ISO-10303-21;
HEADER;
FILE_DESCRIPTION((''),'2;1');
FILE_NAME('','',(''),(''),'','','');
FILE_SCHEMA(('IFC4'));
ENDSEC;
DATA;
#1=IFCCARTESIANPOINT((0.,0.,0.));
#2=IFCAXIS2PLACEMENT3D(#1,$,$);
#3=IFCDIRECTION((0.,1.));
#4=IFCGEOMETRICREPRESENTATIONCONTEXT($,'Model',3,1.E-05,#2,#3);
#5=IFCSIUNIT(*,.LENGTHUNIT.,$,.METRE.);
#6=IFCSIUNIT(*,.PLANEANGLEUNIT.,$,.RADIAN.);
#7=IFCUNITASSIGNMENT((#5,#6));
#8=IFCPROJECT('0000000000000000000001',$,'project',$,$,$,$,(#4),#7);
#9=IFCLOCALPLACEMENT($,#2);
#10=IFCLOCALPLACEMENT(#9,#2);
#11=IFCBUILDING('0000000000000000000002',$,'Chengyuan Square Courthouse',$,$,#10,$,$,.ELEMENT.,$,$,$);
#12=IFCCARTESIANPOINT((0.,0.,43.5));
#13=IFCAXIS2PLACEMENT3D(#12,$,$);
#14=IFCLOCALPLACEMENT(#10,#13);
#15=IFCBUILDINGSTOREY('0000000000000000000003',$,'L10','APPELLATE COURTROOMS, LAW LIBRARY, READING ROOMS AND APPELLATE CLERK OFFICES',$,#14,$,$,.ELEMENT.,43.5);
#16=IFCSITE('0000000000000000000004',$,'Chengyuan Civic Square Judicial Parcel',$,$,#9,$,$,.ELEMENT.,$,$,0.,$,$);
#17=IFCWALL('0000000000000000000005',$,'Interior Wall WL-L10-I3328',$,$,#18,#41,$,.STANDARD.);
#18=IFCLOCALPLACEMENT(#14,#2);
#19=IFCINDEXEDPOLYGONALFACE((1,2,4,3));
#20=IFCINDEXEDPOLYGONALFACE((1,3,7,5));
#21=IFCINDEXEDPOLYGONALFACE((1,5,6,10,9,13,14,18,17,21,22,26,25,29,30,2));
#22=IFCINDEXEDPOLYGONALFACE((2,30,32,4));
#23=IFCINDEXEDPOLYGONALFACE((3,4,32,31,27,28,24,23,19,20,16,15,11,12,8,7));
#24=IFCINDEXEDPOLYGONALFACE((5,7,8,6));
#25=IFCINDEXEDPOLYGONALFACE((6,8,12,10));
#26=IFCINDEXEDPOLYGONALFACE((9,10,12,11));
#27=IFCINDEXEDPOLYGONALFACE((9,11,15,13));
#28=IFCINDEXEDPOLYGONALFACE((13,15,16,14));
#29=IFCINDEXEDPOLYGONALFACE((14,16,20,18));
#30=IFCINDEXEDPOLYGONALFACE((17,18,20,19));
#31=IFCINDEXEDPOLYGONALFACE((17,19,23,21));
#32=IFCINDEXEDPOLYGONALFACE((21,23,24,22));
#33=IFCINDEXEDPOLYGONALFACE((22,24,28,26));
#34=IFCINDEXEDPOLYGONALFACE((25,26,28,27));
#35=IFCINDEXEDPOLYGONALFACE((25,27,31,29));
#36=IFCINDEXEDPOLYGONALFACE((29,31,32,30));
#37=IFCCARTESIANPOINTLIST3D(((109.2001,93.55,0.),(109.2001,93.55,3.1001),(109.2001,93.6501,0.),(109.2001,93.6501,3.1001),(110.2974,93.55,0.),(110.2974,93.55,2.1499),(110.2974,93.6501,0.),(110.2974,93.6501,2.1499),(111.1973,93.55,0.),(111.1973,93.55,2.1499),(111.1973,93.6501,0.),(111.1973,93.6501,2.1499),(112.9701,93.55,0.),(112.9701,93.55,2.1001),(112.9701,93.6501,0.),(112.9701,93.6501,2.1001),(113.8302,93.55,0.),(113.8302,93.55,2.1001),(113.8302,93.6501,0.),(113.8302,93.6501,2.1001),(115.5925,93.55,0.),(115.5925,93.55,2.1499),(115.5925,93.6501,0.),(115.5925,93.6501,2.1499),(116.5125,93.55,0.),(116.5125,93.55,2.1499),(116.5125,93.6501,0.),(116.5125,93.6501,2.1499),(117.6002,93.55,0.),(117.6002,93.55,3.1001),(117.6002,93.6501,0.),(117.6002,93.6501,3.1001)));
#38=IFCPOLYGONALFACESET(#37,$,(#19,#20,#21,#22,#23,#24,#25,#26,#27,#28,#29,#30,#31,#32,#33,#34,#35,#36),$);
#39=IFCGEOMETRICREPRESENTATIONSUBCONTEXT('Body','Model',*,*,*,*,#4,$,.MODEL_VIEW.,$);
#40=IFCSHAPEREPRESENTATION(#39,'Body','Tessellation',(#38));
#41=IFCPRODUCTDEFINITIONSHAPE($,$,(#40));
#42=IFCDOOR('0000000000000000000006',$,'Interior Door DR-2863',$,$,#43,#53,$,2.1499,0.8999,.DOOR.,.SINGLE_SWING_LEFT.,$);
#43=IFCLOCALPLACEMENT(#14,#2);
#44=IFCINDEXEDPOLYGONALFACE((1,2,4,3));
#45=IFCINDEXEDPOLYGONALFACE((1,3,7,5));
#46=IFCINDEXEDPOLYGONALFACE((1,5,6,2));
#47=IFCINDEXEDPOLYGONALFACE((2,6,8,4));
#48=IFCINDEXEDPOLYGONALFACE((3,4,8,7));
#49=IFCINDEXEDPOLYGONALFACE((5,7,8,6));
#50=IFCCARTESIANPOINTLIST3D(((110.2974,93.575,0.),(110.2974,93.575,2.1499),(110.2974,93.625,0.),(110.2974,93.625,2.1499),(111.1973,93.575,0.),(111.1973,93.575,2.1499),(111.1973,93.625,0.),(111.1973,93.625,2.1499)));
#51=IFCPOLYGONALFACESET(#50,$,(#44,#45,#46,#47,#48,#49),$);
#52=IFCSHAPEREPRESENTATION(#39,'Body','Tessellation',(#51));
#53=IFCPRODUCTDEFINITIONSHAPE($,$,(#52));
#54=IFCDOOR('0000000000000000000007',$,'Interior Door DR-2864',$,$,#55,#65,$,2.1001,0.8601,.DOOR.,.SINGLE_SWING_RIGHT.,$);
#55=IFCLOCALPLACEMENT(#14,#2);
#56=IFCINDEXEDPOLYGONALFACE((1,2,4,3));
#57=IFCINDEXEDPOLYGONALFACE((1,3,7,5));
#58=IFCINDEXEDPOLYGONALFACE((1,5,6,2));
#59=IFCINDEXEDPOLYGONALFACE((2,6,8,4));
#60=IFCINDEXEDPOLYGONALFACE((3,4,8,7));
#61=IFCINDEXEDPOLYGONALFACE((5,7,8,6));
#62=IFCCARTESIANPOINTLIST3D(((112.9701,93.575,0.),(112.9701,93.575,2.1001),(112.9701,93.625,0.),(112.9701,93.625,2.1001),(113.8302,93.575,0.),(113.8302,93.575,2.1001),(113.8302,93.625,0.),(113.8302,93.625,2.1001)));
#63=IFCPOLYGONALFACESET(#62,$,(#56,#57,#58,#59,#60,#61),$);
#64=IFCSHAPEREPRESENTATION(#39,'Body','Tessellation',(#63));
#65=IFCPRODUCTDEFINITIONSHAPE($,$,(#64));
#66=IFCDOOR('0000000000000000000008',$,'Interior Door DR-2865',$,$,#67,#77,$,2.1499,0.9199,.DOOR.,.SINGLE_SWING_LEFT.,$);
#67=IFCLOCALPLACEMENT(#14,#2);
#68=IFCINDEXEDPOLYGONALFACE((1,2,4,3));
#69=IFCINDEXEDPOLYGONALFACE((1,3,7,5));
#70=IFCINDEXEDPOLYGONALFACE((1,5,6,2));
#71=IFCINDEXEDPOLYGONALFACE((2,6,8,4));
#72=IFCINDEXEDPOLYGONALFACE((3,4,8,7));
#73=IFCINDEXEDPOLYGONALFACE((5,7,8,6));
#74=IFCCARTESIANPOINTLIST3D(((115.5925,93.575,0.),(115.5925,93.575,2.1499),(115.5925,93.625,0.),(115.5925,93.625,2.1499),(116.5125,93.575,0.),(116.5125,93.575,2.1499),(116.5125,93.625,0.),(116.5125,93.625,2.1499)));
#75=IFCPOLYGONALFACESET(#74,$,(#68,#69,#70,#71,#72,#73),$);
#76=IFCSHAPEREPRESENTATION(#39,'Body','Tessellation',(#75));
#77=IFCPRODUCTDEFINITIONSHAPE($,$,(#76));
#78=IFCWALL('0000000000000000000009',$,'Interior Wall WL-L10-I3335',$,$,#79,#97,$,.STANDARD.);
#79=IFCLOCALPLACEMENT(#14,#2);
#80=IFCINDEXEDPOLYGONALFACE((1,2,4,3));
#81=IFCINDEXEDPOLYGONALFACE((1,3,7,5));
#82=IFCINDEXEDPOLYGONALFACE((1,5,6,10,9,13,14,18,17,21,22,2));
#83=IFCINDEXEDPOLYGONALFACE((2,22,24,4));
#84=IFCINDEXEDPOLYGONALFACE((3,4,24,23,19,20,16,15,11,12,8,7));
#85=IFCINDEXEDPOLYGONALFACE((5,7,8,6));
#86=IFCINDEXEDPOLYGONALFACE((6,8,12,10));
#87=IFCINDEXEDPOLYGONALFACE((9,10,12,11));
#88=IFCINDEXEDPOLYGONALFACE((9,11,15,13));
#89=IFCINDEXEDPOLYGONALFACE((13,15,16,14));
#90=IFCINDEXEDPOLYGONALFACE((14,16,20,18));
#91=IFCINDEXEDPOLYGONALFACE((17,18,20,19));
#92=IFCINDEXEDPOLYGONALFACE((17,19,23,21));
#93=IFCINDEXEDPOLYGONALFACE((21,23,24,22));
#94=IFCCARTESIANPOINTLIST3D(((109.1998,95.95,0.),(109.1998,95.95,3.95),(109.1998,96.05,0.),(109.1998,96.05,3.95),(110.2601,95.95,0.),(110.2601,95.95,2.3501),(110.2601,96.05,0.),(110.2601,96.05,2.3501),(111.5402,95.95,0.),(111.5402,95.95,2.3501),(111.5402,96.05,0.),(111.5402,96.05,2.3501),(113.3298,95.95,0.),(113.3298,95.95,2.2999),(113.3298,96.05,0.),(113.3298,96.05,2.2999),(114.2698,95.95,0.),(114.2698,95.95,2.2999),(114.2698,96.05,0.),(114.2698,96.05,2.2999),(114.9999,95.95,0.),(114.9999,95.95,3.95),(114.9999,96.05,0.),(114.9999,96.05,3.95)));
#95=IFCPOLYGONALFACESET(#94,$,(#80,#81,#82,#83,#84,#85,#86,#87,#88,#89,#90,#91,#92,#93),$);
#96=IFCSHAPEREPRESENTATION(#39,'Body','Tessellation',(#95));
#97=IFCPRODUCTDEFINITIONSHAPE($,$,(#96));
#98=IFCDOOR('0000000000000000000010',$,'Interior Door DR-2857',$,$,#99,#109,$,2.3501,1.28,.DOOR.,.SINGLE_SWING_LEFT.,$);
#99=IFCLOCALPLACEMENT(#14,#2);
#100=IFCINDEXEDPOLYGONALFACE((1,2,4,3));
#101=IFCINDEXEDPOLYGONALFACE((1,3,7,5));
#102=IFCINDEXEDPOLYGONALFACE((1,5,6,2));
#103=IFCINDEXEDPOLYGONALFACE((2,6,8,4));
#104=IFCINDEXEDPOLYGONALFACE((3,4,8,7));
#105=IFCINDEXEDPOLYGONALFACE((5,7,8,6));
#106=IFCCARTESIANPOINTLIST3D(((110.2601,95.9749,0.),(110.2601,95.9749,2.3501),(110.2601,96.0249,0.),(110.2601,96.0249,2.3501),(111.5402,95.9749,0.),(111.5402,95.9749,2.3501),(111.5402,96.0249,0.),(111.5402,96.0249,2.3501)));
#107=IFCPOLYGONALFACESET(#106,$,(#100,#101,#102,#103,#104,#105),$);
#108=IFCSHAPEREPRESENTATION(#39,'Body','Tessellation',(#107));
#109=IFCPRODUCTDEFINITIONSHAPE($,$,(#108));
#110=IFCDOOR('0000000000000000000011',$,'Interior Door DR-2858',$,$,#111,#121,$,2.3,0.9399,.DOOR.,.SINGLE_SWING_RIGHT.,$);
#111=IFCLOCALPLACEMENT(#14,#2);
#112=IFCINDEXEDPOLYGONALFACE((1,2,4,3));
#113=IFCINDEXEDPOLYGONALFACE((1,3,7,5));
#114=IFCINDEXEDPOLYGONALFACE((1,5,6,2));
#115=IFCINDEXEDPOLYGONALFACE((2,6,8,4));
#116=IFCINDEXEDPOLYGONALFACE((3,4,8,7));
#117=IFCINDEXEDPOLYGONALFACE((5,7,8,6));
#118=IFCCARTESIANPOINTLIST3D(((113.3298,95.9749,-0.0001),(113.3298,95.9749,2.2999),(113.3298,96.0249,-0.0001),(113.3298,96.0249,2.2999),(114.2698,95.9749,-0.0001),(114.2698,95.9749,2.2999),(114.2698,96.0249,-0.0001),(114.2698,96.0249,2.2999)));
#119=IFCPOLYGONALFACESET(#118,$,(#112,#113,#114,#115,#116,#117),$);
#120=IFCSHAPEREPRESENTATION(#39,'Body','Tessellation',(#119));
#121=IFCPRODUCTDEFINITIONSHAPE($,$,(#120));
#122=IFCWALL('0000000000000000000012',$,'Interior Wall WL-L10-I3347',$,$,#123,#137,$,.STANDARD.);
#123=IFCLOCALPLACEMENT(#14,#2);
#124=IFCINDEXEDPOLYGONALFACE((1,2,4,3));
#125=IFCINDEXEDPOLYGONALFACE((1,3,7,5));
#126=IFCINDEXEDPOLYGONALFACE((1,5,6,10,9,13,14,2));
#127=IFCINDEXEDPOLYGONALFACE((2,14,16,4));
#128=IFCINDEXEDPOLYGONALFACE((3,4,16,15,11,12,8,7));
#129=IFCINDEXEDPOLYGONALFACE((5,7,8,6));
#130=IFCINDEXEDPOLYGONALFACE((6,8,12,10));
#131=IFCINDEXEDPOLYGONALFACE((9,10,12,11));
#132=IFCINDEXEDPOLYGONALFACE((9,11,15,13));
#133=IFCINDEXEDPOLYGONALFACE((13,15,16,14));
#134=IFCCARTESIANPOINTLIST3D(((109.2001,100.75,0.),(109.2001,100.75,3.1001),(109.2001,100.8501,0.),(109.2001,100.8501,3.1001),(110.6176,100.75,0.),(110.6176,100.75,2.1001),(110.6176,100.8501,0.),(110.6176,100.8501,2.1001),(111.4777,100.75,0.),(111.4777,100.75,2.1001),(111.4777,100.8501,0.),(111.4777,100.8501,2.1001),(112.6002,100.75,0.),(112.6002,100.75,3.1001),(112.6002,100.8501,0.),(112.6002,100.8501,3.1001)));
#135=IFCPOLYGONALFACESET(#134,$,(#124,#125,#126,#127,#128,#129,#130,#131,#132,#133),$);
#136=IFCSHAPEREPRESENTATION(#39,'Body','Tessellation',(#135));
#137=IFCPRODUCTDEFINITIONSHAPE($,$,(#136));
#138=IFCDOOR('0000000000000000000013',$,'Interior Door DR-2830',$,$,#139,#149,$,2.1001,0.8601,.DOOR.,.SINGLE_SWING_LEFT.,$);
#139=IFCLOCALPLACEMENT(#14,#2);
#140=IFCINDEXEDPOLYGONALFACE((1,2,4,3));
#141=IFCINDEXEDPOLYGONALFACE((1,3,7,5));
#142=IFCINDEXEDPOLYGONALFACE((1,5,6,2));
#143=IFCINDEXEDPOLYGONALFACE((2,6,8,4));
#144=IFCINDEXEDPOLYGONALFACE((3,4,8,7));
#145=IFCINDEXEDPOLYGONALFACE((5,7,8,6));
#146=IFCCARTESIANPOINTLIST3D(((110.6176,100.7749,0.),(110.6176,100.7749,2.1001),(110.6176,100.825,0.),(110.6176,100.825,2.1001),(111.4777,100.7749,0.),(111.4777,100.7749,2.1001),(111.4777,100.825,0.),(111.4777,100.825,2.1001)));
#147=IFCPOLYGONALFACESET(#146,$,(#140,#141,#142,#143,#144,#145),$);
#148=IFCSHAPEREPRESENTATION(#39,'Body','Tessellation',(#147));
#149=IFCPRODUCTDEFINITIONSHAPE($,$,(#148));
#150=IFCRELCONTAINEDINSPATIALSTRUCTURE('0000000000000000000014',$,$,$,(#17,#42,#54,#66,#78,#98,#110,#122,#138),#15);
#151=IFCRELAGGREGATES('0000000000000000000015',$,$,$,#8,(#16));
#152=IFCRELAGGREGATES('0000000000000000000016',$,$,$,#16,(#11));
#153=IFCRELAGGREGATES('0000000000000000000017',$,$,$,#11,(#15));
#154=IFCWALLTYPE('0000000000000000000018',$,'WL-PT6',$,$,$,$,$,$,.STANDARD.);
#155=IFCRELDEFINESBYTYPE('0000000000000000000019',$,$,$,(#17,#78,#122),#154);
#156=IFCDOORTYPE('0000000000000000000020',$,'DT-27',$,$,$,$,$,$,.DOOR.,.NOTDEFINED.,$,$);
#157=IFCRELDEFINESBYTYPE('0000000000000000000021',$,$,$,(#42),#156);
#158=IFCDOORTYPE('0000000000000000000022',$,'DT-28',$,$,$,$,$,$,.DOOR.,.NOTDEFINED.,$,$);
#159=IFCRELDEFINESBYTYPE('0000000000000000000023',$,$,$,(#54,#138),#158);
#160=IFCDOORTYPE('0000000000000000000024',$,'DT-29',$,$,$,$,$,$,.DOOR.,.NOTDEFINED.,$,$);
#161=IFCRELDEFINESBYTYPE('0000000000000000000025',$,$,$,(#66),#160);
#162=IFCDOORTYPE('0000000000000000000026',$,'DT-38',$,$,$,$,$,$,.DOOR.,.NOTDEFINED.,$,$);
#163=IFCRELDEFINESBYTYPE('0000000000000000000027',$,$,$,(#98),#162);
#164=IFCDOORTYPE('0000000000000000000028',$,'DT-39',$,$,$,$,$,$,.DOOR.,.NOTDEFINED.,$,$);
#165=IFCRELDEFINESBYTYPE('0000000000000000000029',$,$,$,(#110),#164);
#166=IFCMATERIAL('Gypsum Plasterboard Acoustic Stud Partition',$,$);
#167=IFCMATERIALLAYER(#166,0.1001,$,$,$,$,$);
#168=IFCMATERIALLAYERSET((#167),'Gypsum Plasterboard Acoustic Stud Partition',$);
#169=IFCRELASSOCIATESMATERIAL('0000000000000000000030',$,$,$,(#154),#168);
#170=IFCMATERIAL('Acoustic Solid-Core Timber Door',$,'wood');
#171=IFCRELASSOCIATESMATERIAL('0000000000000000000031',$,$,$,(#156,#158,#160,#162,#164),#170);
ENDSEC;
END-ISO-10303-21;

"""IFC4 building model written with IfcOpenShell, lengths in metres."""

from ifc_helpers import new_model, si_unit, direction, frame, frame_2d, origin, place, context, subcontext, project, spatial, rectangle, extrude, material, layer, layer_set, type_object, element, fill, save


model = new_model("IFC4")

# Units and contexts
model_context = context("Model", 3, precision=1e-05, world=origin(), true_north=direction((0.0, 1.0)))
body_context = subcontext(model_context, "Body", "Model", "MODEL_VIEW")
ifc_project = project(units=[si_unit("LENGTHUNIT", "METRE"), si_unit("PLANEANGLEUNIT", "RADIAN")], contexts=[model_context])

# Site, building, storey
site_placement = place(None, origin())
site = spatial("IfcSite", under=ifc_project, at=site_placement, Name="Chengyuan Civic Square Judicial Parcel", CompositionType="ELEMENT", RefElevation=0.0)
building_placement = place(site_placement, origin())
building = spatial("IfcBuilding", under=site, at=building_placement, Name="Chengyuan Square Courthouse", CompositionType="ELEMENT")
storey_placement = place(building_placement, frame((0.0, 0.0, 43.5)))
storey = spatial("IfcBuildingStorey", under=building, at=storey_placement, Name="L10", Description="APPELLATE COURTROOMS, LAW LIBRARY, READING ROOMS AND APPELLATE CLERK OFFICES", CompositionType="ELEMENT", Elevation=43.5)

# Walls, openings, doors
ifc_material_1 = material(Name="Gypsum Plasterboard Acoustic Stud Partition")
ifc_layer_1 = layer(ifc_material_1, 0.1001)
ifc_layer_set_1 = layer_set([ifc_layer_1], Name="Gypsum Plasterboard Acoustic Stud Partition")
wall_type_1 = type_object("IfcWallType", Name="WL-PT6", PredefinedType="STANDARD", material=ifc_layer_set_1)
wall_1_placement = place(storey_placement, frame((109.2, 93.6001, 0.0), z_axis=(0.0, 0.0, 1.0), x_axis=(1.0, 0.0, 0.0)))
wall_1 = element("IfcWall", 1, at=wall_1_placement, inside=storey, type_object=wall_type_1, Name="Interior Wall WL-L10-I3328", PredefinedType="STANDARD", context=body_context, shape_type="SweptSolid", body=[
    extrude(rectangle(XDim=8.4001, YDim=0.1001, at=frame_2d((4.2002, 0.0))), origin(), (0.0, 0.0, 1.0), 3.1001),
])
opening_1_placement = place(wall_1_placement, frame((1.0974, 0.0, 0.0)))
opening_1 = element("IfcOpeningElement", 2, at=opening_1_placement, cuts=wall_1, PredefinedType="OPENING", context=body_context, shape_type="SweptSolid", body=[
    extrude(rectangle(XDim=0.8999, YDim=2.1499, at=frame_2d((0.45, 1.075))), frame((0.0, 0.062, 0.0), z_axis=(0.0, -1.0, 0.0), x_axis=(1.0, 0.0, 0.0)), (0.0, 0.0, 1.0), 0.124),
])
opening_2_placement = place(wall_1_placement, frame((3.77, 0.0, 0.0)))
opening_2 = element("IfcOpeningElement", 3, at=opening_2_placement, cuts=wall_1, PredefinedType="OPENING", context=body_context, shape_type="SweptSolid", body=[
    extrude(rectangle(XDim=0.8601, YDim=2.1001, at=frame_2d((0.4302, 1.05))), frame((0.0, 0.062, 0.0), z_axis=(0.0, -1.0, 0.0), x_axis=(1.0, 0.0, 0.0)), (0.0, 0.0, 1.0), 0.124),
])
opening_3_placement = place(wall_1_placement, frame((6.3926, 0.0, 0.0)))
opening_3 = element("IfcOpeningElement", 4, at=opening_3_placement, cuts=wall_1, PredefinedType="OPENING", context=body_context, shape_type="SweptSolid", body=[
    extrude(rectangle(XDim=0.9199, YDim=2.1499, at=frame_2d((0.46, 1.075))), frame((0.0, 0.062, 0.0), z_axis=(0.0, -1.0, 0.0), x_axis=(1.0, 0.0, 0.0)), (0.0, 0.0, 1.0), 0.124),
])
ifc_material_2 = material(Name="Acoustic Solid-Core Timber Door", Category="wood")
door_type_1 = type_object("IfcDoorType", Name="DT-27", OperationType="NOTDEFINED", PredefinedType="DOOR", material=ifc_material_2)
door_1_placement = place(opening_1_placement, origin())
door_1 = element("IfcDoor", 5, at=door_1_placement, inside=storey, type_object=door_type_1, Name="Interior Door DR-2863", OperationType="SINGLE_SWING_LEFT", OverallHeight=2.1499, OverallWidth=0.8999, PredefinedType="DOOR", context=body_context, shape_type="SweptSolid", body=[
    extrude(rectangle(XDim=0.8999, YDim=2.1499, at=frame_2d((0.45, 1.075))), frame((0.0, 0.0249, 0.0), z_axis=(0.0, -1.0, 0.0), x_axis=(1.0, 0.0, 0.0)), (0.0, 0.0, 1.0), 0.05),
])
fill(opening_1, door_1)
door_type_2 = type_object("IfcDoorType", Name="DT-28", OperationType="NOTDEFINED", PredefinedType="DOOR", material=ifc_material_2)
door_2_placement = place(opening_2_placement, origin())
door_2 = element("IfcDoor", 6, at=door_2_placement, inside=storey, type_object=door_type_2, Name="Interior Door DR-2864", OperationType="SINGLE_SWING_RIGHT", OverallHeight=2.1001, OverallWidth=0.8601, PredefinedType="DOOR", context=body_context, shape_type="SweptSolid", body=[
    extrude(rectangle(XDim=0.8601, YDim=2.1001, at=frame_2d((0.4302, 1.05))), frame((0.0, 0.0249, 0.0), z_axis=(0.0, -1.0, 0.0), x_axis=(1.0, 0.0, 0.0)), (0.0, 0.0, 1.0), 0.05),
])
fill(opening_2, door_2)
door_type_3 = type_object("IfcDoorType", Name="DT-29", OperationType="NOTDEFINED", PredefinedType="DOOR", material=ifc_material_2)
door_3_placement = place(opening_3_placement, origin())
door_3 = element("IfcDoor", 7, at=door_3_placement, inside=storey, type_object=door_type_3, Name="Interior Door DR-2865", OperationType="SINGLE_SWING_LEFT", OverallHeight=2.1499, OverallWidth=0.9199, PredefinedType="DOOR", context=body_context, shape_type="SweptSolid", body=[
    extrude(rectangle(XDim=0.9199, YDim=2.1499, at=frame_2d((0.46, 1.075))), frame((0.0, 0.0249, 0.0), z_axis=(0.0, -1.0, 0.0), x_axis=(1.0, 0.0, 0.0)), (0.0, 0.0, 1.0), 0.05),
])
fill(opening_3, door_3)
wall_2_placement = place(storey_placement, frame((109.2, 96.0, 0.0), z_axis=(0.0, 0.0, 1.0), x_axis=(1.0, 0.0, 0.0)))
wall_2 = element("IfcWall", 8, at=wall_2_placement, inside=storey, type_object=wall_type_1, Name="Interior Wall WL-L10-I3335", PredefinedType="STANDARD", context=body_context, shape_type="SweptSolid", body=[
    extrude(rectangle(XDim=5.8, YDim=0.1001, at=frame_2d((2.8999, 0.0))), origin(), (0.0, 0.0, 1.0), 3.95),
])
opening_4_placement = place(wall_2_placement, frame((1.0601, 0.0, 0.0)))
opening_4 = element("IfcOpeningElement", 9, at=opening_4_placement, cuts=wall_2, PredefinedType="OPENING", context=body_context, shape_type="SweptSolid", body=[
    extrude(rectangle(XDim=1.28, YDim=2.3501, at=frame_2d((0.6401, 1.175))), frame((0.0, 0.062, 0.0), z_axis=(0.0, -1.0, 0.0), x_axis=(1.0, 0.0, 0.0)), (0.0, 0.0, 1.0), 0.124),
])
opening_5_placement = place(wall_2_placement, frame((4.1299, 0.0, 0.0)))
opening_5 = element("IfcOpeningElement", 10, at=opening_5_placement, cuts=wall_2, PredefinedType="OPENING", context=body_context, shape_type="SweptSolid", body=[
    extrude(rectangle(XDim=0.9399, YDim=2.3, at=frame_2d((0.47, 1.1499))), frame((0.0, 0.062, 0.0), z_axis=(0.0, -1.0, 0.0), x_axis=(1.0, 0.0, 0.0)), (0.0, 0.0, 1.0), 0.124),
])
door_type_4 = type_object("IfcDoorType", Name="DT-38", OperationType="NOTDEFINED", PredefinedType="DOOR", material=ifc_material_2)
door_4_placement = place(opening_4_placement, origin())
door_4 = element("IfcDoor", 11, at=door_4_placement, inside=storey, type_object=door_type_4, Name="Interior Door DR-2857", OperationType="SINGLE_SWING_LEFT", OverallHeight=2.3501, OverallWidth=1.28, PredefinedType="DOOR", context=body_context, shape_type="SweptSolid", body=[
    extrude(rectangle(XDim=1.28, YDim=2.3501, at=frame_2d((0.6401, 1.175))), frame((0.0, 0.0249, 0.0), z_axis=(0.0, -1.0, 0.0), x_axis=(1.0, 0.0, 0.0)), (0.0, 0.0, 1.0), 0.05),
])
fill(opening_4, door_4)
door_type_5 = type_object("IfcDoorType", Name="DT-39", OperationType="NOTDEFINED", PredefinedType="DOOR", material=ifc_material_2)
door_5_placement = place(opening_5_placement, origin())
door_5 = element("IfcDoor", 12, at=door_5_placement, inside=storey, type_object=door_type_5, Name="Interior Door DR-2858", OperationType="SINGLE_SWING_RIGHT", OverallHeight=2.3, OverallWidth=0.9399, PredefinedType="DOOR", context=body_context, shape_type="SweptSolid", body=[
    extrude(rectangle(XDim=0.9399, YDim=2.3, at=frame_2d((0.47, 1.1499))), frame((0.0, 0.0249, 0.0), z_axis=(0.0, -1.0, 0.0), x_axis=(1.0, 0.0, 0.0)), (0.0, 0.0, 1.0), 0.05),
])
fill(opening_5, door_5)

# Wall, opening, door
wall_3_placement = place(storey_placement, frame((109.2, 100.8, 0.0), z_axis=(0.0, 0.0, 1.0), x_axis=(1.0, 0.0, 0.0)))
wall_3 = element("IfcWall", 13, at=wall_3_placement, inside=storey, type_object=wall_type_1, Name="Interior Wall WL-L10-I3347", PredefinedType="STANDARD", context=body_context, shape_type="SweptSolid", body=[
    extrude(rectangle(XDim=3.4001, YDim=0.1001, at=frame_2d((1.7002, 0.0))), origin(), (0.0, 0.0, 1.0), 3.1001),
])
opening_6_placement = place(wall_3_placement, frame((1.4175, 0.0, 0.0)))
opening_6 = element("IfcOpeningElement", 14, at=opening_6_placement, cuts=wall_3, PredefinedType="OPENING", context=body_context, shape_type="SweptSolid", body=[
    extrude(rectangle(XDim=0.8601, YDim=2.1001, at=frame_2d((0.4302, 1.05))), frame((0.0, 0.062, 0.0), z_axis=(0.0, -1.0, 0.0), x_axis=(1.0, 0.0, 0.0)), (0.0, 0.0, 1.0), 0.124),
])
door_6_placement = place(opening_6_placement, origin())
door_6 = element("IfcDoor", 15, at=door_6_placement, inside=storey, type_object=door_type_2, Name="Interior Door DR-2830", OperationType="SINGLE_SWING_LEFT", OverallHeight=2.1001, OverallWidth=0.8601, PredefinedType="DOOR", context=body_context, shape_type="SweptSolid", body=[
    extrude(rectangle(XDim=0.8601, YDim=2.1001, at=frame_2d((0.4302, 1.05))), frame((0.0, 0.0249, 0.0), z_axis=(0.0, -1.0, 0.0), x_axis=(1.0, 0.0, 0.0)), (0.0, 0.0, 1.0), 0.05),
])
fill(opening_6, door_6)

save(model, "model.ifc")
